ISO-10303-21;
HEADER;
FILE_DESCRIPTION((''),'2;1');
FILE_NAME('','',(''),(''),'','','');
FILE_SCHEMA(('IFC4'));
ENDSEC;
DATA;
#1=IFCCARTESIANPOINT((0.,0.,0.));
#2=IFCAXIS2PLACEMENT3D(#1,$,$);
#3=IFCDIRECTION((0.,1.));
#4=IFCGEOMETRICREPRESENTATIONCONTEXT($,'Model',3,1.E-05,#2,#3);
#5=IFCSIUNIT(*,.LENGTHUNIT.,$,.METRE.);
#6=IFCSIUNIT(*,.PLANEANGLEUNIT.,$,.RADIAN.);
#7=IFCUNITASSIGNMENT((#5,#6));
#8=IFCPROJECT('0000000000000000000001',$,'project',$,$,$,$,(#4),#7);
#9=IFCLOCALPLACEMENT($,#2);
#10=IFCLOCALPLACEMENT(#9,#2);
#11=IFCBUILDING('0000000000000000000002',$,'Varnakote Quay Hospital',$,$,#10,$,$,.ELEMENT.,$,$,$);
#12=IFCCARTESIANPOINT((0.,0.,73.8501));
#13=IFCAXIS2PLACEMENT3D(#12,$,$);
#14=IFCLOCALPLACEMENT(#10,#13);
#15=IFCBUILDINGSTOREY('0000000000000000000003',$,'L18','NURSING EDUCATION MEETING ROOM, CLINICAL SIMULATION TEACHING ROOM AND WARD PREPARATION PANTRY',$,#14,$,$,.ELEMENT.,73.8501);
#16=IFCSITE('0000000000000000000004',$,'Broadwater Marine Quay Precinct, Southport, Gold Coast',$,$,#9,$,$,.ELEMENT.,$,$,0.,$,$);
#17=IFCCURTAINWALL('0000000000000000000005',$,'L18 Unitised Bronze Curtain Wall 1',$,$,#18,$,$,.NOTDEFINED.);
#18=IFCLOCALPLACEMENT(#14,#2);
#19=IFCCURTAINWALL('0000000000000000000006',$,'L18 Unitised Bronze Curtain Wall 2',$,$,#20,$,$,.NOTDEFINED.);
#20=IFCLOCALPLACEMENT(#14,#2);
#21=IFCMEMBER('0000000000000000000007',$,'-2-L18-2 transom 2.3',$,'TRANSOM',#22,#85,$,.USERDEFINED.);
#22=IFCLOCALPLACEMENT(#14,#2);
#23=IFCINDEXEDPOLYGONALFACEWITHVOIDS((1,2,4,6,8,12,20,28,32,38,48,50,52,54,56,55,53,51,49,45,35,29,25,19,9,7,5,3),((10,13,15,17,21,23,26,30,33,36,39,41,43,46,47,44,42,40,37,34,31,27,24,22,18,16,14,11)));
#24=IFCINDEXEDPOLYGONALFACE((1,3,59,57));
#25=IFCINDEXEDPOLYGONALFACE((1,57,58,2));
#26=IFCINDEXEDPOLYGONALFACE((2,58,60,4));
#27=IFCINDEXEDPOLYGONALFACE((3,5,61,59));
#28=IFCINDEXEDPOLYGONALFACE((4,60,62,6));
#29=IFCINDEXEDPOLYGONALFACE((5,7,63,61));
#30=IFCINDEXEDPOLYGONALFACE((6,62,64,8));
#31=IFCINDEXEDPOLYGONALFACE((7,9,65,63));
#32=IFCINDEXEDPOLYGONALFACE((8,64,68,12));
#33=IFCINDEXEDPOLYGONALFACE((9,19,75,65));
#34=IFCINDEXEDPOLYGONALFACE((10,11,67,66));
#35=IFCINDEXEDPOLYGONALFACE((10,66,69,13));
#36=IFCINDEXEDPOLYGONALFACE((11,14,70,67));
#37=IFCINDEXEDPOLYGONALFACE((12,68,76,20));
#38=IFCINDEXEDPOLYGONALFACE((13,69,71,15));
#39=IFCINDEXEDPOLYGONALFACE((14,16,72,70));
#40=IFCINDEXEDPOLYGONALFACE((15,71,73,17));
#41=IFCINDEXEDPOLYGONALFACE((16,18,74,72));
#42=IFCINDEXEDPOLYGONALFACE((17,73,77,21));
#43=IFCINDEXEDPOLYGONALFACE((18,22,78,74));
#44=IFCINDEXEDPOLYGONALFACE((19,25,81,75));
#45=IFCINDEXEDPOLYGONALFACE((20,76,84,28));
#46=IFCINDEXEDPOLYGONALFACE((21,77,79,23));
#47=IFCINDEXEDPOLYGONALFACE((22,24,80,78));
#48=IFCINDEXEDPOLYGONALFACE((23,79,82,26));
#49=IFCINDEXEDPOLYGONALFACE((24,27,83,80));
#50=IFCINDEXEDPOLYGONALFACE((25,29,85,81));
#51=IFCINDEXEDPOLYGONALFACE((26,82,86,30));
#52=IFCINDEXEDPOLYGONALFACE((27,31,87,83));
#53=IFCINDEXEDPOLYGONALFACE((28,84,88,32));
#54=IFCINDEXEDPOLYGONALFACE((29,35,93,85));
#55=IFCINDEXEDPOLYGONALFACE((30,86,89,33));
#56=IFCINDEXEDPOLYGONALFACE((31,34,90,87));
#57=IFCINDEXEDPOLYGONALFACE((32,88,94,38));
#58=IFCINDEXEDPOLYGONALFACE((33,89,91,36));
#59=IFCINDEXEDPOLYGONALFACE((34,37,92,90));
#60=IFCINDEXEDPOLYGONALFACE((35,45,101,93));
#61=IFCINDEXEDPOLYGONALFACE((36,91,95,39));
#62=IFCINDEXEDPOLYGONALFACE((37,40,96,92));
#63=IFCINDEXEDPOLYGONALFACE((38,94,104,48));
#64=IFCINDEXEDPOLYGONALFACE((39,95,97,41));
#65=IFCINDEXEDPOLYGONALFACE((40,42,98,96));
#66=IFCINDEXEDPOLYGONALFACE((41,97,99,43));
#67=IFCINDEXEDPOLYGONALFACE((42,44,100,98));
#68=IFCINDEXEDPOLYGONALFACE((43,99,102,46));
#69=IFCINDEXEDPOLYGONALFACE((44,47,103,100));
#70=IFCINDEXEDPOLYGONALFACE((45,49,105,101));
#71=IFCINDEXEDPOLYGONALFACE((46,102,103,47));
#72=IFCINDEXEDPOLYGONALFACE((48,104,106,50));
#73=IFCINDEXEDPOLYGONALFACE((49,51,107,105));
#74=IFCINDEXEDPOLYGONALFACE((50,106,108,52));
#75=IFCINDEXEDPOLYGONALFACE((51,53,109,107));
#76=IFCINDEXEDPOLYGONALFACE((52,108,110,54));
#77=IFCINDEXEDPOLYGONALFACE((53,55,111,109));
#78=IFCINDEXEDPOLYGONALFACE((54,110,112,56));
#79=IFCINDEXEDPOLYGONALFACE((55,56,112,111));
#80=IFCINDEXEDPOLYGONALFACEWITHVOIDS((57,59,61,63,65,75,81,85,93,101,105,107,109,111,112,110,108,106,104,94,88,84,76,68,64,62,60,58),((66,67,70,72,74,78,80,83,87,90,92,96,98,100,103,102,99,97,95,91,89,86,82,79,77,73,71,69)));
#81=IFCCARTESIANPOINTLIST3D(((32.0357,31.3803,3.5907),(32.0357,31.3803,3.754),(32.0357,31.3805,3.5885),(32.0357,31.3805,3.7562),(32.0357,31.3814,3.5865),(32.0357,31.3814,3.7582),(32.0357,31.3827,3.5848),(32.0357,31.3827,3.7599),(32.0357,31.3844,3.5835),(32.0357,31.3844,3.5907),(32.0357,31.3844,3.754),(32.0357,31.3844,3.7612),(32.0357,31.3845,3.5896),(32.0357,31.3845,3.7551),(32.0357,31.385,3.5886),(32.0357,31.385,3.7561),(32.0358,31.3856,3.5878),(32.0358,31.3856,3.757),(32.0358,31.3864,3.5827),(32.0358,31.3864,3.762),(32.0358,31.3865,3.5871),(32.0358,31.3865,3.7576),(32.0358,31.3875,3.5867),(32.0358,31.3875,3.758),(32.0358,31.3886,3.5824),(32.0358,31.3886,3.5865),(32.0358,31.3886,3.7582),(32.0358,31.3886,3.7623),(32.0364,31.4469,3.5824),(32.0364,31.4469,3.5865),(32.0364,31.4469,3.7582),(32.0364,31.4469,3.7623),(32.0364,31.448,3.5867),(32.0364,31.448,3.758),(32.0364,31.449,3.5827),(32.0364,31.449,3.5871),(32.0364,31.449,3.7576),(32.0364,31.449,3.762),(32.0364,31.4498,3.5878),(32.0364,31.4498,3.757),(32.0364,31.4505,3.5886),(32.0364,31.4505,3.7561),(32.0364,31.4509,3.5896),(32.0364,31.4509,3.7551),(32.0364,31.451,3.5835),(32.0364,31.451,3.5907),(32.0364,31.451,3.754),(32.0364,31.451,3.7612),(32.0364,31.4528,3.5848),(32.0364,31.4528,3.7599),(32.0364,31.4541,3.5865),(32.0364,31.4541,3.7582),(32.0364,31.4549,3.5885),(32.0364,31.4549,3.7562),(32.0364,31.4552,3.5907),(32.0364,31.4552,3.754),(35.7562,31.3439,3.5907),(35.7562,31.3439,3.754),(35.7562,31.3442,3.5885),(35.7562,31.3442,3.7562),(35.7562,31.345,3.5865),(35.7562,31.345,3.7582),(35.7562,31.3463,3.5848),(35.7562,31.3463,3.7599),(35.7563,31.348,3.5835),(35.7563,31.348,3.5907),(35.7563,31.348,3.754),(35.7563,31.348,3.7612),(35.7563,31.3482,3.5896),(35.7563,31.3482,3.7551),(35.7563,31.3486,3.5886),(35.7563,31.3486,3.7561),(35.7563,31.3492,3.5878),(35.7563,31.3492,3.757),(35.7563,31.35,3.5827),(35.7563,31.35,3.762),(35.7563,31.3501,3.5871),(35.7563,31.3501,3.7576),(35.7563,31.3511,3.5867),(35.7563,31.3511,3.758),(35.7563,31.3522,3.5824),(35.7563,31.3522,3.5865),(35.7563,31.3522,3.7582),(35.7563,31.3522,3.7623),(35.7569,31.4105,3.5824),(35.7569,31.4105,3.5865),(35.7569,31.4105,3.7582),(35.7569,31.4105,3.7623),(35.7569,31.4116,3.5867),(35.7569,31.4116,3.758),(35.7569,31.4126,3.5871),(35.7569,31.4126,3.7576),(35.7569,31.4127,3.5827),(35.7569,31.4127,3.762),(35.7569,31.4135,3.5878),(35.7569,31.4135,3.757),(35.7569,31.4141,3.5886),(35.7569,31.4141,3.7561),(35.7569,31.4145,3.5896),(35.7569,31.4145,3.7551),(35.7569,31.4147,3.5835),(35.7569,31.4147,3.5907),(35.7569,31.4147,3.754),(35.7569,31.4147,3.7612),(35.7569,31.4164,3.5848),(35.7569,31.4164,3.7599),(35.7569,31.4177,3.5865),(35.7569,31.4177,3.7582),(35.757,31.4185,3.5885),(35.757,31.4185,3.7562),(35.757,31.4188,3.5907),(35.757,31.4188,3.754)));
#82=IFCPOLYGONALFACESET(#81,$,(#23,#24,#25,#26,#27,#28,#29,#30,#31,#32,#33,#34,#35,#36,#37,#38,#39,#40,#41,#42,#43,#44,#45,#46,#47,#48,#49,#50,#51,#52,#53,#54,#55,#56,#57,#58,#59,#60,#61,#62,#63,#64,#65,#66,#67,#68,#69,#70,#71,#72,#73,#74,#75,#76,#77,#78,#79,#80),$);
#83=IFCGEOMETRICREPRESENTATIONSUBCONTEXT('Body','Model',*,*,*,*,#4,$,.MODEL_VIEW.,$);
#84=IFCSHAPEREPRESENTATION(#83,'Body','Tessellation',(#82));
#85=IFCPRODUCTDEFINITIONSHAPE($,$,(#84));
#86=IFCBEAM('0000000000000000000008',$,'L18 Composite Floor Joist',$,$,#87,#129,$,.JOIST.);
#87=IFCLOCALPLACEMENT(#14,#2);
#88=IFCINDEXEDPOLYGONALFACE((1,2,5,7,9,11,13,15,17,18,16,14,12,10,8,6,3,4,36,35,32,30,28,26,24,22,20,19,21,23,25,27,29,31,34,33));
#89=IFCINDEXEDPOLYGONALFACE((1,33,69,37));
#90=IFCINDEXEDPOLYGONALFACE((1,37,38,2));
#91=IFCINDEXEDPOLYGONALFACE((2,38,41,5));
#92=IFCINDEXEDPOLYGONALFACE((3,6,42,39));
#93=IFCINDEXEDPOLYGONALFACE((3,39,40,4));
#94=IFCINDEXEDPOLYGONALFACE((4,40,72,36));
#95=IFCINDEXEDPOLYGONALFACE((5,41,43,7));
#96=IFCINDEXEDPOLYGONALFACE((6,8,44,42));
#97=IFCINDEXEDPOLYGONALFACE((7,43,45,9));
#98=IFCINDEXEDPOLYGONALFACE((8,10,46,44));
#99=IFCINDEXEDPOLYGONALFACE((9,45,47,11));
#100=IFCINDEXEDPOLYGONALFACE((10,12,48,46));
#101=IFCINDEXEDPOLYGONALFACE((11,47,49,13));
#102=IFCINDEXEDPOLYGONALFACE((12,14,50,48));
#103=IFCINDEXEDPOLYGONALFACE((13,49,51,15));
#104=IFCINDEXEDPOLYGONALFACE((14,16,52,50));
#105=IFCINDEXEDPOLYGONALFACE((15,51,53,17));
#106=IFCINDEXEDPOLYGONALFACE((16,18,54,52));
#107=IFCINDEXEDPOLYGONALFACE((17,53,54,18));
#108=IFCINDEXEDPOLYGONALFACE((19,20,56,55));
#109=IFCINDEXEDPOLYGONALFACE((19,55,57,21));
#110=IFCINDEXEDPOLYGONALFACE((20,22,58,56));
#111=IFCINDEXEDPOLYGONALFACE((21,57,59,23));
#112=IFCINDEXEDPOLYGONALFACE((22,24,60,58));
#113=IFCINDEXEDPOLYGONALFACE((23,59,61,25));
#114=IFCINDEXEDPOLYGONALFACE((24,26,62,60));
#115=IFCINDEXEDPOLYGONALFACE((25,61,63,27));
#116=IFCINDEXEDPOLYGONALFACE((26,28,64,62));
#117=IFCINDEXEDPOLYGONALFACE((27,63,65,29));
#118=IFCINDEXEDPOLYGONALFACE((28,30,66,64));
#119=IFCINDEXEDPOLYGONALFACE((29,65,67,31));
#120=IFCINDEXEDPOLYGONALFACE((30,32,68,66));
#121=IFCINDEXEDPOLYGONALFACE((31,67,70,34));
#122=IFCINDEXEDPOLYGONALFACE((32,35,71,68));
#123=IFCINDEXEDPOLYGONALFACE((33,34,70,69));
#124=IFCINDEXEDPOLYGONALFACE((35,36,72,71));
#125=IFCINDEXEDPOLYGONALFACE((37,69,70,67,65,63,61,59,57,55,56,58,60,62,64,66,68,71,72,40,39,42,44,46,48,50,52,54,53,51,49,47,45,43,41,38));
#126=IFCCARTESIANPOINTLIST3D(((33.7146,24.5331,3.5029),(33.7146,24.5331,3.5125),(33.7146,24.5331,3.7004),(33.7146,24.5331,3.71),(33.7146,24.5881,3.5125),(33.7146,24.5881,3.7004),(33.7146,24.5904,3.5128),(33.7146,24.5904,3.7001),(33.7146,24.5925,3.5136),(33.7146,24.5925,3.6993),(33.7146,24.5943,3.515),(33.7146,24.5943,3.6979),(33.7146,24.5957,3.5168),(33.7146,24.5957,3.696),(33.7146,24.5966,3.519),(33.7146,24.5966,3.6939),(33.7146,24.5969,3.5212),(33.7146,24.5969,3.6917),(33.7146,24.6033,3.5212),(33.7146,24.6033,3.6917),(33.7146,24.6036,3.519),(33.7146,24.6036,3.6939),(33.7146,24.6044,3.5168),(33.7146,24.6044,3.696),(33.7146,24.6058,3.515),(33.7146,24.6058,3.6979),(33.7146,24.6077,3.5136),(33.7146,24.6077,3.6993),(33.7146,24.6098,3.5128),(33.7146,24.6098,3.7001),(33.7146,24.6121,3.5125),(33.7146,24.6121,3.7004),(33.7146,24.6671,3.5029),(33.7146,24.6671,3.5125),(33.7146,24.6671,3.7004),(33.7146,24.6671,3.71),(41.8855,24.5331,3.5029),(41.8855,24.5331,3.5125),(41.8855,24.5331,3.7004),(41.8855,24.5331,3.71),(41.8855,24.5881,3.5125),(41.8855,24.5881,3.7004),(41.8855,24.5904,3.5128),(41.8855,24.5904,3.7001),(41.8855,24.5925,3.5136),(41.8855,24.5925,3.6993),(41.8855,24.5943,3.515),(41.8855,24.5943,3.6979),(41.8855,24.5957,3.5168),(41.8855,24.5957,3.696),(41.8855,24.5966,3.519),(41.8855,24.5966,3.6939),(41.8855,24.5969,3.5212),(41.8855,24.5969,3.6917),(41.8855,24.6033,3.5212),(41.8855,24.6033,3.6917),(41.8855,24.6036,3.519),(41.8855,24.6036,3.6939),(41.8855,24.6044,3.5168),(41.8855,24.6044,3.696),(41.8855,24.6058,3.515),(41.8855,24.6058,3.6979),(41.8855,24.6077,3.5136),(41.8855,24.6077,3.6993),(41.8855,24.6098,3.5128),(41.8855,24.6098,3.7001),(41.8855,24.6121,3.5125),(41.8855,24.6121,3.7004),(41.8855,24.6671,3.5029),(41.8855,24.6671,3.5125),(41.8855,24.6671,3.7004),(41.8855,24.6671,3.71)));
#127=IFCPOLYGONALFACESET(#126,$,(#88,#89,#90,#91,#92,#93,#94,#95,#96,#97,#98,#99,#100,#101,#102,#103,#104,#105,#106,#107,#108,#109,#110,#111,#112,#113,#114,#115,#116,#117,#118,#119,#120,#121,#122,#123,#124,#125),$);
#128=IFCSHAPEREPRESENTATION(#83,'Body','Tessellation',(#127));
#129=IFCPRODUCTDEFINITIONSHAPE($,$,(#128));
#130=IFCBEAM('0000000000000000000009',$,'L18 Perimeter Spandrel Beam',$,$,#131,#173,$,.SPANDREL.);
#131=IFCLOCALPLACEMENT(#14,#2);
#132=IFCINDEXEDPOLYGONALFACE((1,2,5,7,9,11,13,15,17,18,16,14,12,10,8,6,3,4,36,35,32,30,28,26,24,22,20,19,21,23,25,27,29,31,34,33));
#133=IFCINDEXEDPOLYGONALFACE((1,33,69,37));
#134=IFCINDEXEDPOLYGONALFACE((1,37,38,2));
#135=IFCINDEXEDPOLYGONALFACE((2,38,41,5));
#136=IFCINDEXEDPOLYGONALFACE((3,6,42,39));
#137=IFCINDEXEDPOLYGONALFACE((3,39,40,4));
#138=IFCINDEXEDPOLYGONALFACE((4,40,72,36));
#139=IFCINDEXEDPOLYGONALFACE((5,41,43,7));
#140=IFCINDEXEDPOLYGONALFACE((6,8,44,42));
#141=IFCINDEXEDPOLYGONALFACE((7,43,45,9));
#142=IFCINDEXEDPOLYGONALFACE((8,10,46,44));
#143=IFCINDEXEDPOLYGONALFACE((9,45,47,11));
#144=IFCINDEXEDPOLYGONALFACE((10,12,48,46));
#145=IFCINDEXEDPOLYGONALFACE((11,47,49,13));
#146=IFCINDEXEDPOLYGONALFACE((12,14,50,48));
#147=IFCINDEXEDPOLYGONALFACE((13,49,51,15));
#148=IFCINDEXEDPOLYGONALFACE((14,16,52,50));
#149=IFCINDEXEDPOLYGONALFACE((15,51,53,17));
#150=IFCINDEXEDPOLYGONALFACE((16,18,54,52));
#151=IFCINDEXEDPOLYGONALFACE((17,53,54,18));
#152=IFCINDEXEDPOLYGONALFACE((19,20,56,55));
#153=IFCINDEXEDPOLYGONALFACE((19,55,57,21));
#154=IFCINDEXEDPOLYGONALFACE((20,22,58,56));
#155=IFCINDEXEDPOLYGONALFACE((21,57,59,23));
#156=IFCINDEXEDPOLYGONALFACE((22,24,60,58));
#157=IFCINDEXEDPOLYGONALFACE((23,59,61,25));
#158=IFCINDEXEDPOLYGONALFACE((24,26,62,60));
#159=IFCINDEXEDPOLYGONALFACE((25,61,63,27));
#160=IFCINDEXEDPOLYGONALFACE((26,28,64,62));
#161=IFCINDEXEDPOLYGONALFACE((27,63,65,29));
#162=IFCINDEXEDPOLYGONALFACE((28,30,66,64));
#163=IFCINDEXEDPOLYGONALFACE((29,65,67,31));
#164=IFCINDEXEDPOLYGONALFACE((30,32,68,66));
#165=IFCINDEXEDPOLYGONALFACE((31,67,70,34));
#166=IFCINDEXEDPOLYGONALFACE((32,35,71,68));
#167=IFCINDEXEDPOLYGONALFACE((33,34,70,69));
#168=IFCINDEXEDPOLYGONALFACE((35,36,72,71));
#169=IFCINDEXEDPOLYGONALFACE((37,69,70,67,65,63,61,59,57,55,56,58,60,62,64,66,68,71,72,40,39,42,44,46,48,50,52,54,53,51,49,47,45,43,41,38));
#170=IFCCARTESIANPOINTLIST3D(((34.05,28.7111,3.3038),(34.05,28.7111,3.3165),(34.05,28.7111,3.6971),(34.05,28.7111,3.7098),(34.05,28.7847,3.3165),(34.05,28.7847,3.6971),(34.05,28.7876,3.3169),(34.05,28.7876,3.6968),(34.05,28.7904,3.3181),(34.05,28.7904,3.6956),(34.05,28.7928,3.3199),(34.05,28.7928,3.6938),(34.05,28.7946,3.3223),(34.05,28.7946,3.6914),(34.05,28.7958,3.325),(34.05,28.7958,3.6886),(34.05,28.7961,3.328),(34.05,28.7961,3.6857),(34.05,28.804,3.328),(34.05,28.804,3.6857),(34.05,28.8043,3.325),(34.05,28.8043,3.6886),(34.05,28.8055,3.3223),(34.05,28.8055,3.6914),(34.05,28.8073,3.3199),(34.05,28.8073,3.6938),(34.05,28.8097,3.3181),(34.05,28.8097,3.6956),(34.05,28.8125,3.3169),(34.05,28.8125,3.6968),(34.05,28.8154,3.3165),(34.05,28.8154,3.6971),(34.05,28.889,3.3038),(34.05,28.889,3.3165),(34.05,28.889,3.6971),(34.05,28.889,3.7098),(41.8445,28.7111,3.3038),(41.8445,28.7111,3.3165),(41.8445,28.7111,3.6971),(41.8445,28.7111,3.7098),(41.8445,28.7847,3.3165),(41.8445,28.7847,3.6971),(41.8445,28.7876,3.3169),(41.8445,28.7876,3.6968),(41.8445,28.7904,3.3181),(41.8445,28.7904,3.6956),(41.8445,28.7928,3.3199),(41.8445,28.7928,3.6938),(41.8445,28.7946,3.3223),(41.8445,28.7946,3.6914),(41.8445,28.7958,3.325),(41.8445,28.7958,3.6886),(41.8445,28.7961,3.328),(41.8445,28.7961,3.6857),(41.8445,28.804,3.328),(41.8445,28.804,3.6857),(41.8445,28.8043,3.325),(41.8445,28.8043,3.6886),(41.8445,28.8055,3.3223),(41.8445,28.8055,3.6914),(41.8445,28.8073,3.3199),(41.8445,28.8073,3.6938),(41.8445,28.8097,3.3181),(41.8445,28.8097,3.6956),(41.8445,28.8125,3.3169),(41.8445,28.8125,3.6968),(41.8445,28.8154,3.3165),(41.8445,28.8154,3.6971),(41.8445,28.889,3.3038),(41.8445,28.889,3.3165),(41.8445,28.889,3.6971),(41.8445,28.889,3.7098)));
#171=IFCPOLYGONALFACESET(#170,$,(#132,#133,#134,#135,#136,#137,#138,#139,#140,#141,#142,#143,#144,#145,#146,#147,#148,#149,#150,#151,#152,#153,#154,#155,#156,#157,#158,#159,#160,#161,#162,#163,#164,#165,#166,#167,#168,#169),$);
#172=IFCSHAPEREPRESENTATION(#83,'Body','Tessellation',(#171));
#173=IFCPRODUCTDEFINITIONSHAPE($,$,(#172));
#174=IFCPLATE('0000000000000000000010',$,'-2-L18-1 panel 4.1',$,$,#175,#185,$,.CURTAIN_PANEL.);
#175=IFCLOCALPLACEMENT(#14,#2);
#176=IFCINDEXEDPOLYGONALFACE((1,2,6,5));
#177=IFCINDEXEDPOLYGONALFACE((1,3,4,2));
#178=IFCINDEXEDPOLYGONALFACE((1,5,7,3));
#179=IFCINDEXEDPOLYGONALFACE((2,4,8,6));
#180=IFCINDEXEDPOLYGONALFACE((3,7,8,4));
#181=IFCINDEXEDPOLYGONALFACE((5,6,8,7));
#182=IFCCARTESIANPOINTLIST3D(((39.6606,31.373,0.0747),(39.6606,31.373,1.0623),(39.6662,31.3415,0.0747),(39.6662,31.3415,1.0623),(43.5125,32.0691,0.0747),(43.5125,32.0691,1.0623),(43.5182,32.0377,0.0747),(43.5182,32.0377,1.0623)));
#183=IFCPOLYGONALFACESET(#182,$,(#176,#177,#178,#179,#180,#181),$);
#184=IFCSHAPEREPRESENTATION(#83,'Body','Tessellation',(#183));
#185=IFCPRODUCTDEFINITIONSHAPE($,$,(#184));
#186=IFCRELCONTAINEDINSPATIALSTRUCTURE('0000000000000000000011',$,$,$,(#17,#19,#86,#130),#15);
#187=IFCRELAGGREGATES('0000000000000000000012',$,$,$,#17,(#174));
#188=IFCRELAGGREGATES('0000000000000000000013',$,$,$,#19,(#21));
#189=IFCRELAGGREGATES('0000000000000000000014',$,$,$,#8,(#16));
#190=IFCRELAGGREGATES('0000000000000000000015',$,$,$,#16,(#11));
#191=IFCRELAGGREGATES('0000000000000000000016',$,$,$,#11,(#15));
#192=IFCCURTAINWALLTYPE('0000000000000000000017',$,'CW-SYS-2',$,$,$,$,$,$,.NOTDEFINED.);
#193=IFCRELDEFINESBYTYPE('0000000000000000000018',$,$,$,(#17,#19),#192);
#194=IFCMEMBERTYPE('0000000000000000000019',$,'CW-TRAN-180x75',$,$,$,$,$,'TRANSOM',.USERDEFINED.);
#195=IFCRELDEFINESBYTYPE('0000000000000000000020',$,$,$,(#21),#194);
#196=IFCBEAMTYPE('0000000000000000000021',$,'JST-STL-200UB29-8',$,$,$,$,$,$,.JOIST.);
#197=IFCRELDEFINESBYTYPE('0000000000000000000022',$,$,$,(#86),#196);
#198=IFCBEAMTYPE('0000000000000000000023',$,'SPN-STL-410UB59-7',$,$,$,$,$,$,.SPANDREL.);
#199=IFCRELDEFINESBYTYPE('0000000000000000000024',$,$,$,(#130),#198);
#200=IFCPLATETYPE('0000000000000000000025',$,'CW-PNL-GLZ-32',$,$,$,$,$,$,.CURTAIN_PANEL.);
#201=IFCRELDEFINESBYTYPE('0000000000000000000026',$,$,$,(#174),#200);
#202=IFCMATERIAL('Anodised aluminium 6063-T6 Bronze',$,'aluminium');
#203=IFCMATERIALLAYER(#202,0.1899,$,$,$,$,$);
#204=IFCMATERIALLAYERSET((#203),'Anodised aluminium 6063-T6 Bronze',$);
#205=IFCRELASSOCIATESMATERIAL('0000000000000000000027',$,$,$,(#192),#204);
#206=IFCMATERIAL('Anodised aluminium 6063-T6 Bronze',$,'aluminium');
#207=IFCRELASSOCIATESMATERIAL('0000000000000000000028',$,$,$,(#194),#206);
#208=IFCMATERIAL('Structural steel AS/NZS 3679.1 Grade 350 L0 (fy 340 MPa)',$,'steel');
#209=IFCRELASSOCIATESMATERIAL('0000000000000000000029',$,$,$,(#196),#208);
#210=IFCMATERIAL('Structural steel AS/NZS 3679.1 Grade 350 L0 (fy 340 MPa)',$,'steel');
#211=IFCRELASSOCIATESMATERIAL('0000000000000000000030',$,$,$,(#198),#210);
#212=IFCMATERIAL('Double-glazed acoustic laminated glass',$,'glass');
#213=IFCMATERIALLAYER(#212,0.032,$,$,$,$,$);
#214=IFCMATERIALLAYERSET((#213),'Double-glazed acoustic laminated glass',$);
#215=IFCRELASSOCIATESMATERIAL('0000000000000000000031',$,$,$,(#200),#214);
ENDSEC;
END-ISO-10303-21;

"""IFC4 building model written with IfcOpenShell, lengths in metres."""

from ifc_helpers import new_model, si_unit, direction, frame, origin, origin_2d, place, context, subcontext, project, spatial, rectangle, hollow_rectangle, i_section, extrude, material, layer, layer_set, material_profile, profile_set, type_object, element, aggregate, save


model = new_model("IFC4")

# Units and contexts
model_context = context("Model", 3, precision=1e-05, world=origin(), true_north=direction((0.0, 1.0)))
body_context = subcontext(model_context, "Body", "Model", "MODEL_VIEW")
ifc_project = project(units=[si_unit("LENGTHUNIT", "METRE"), si_unit("PLANEANGLEUNIT", "RADIAN")], contexts=[model_context])

# Site, building, storey
site_placement = place(None, origin())
site = spatial("IfcSite", under=ifc_project, at=site_placement, Name="Broadwater Marine Quay Precinct, Southport, Gold Coast", CompositionType="ELEMENT", RefElevation=0.0)
building_placement = place(site_placement, origin())
building = spatial("IfcBuilding", under=site, at=building_placement, Name="Varnakote Quay Hospital", CompositionType="ELEMENT")
storey_placement = place(building_placement, frame((0.0, 0.0, 73.8501)))
storey = spatial("IfcBuildingStorey", under=building, at=storey_placement, Name="L18", Description="NURSING EDUCATION MEETING ROOM, CLINICAL SIMULATION TEACHING ROOM AND WARD PREPARATION PANTRY", CompositionType="ELEMENT", Elevation=73.8501)

# Curtain wall
ifc_material_1 = material(Name="Anodised aluminium 6063-T6 Bronze", Category="aluminium")
ifc_layer_1 = layer(ifc_material_1, 0.1899)
ifc_layer_set_1 = layer_set([ifc_layer_1], Name="Anodised aluminium 6063-T6 Bronze")
curtain_wall_type = type_object("IfcCurtainWallType", Name="CW-SYS-2", PredefinedType="NOTDEFINED", material=ifc_layer_set_1)
curtain_wall_1_placement = place(storey_placement, origin())
curtain_wall_1 = element("IfcCurtainWall", 1, at=curtain_wall_1_placement, inside=storey, type_object=curtain_wall_type, Name="L18 Unitised Bronze Curtain Wall 1", PredefinedType="NOTDEFINED")

# Curtain wall, member
curtain_wall_2_placement = place(storey_placement, origin())
curtain_wall_2 = element("IfcCurtainWall", 2, at=curtain_wall_2_placement, inside=storey, type_object=curtain_wall_type, Name="L18 Unitised Bronze Curtain Wall 2", PredefinedType="NOTDEFINED")
ifc_material_2 = material(Name="Anodised aluminium 6063-T6 Bronze", Category="aluminium")
ifc_material_profile_1 = material_profile(ifc_material_2, hollow_rectangle(XDim=0.075, YDim=0.1799, WallThickness=0.0042, InnerFilletRadius=0.0042, OuterFilletRadius=0.0083, at=origin_2d()), Name="CW-TRAN-180x75")
ifc_profile_set_1 = profile_set([ifc_material_profile_1], Name="Anodised aluminium 6063-T6 Bronze")
member_type_1 = type_object("IfcMemberType", Name="CW-TRAN-180x75", ElementType="TRANSOM", PredefinedType="USERDEFINED", material=ifc_profile_set_1)
member_1_placement = place(storey_placement, frame((35.7566, 31.3813, 3.6724), z_axis=(-0.999952, 0.009777, 0.0), x_axis=(-0.009777, -0.999952, 0.0)))
member_1 = element("IfcMember", 3, at=member_1_placement, type_object=member_type_1, Name="-2-L18-2 transom 2.3", ObjectType="TRANSOM", PredefinedType="USERDEFINED", context=body_context, shape_type="SweptSolid", body=[
    extrude(hollow_rectangle(XDim=0.075, YDim=0.1799, WallThickness=0.0042, InnerFilletRadius=0.0042, OuterFilletRadius=0.0083, at=origin_2d()), origin(), (0.0, 0.0, 1.0), 3.7207),
])

# Beams
ifc_material_3 = material(Name="Structural steel AS/NZS 3679.1 Grade 350 L0 (fy 340 MPa)", Category="steel")
ifc_material_profile_2 = material_profile(ifc_material_3, i_section(OverallWidth=0.134, OverallDepth=0.207, WebThickness=0.0063, FlangeThickness=0.0095, FilletRadius=0.0088, at=origin_2d()), Name="200UB29.8")
ifc_profile_set_2 = profile_set([ifc_material_profile_2], Name="Structural steel AS/NZS 3679.1 Grade 350 L0 (fy 340 MPa)")
beam_type_1 = type_object("IfcBeamType", Name="JST-STL-200UB29-8", PredefinedType="JOIST", material=ifc_profile_set_2)
beam_1_placement = place(storey_placement, frame((33.7146, 24.6001, 3.6064), z_axis=(1.0, 0.0, 0.0), x_axis=(0.0, 1.0, 0.0)))
element("IfcBeam", 4, at=beam_1_placement, inside=storey, type_object=beam_type_1, Name="L18 Composite Floor Joist", PredefinedType="JOIST", context=body_context, shape_type="SweptSolid", body=[
    extrude(i_section(OverallWidth=0.134, OverallDepth=0.207, WebThickness=0.0063, FlangeThickness=0.0095, FilletRadius=0.0088, at=origin_2d()), origin(), (0.0, 0.0, 1.0), 8.1709),
])
ifc_material_4 = material(Name="Structural steel AS/NZS 3679.1 Grade 350 L0 (fy 340 MPa)", Category="steel")
ifc_material_profile_3 = material_profile(ifc_material_4, i_section(OverallWidth=0.178, OverallDepth=0.406, WebThickness=0.0078, FlangeThickness=0.0127, FilletRadius=0.0115, at=origin_2d()), Name="410UB59.7")
ifc_profile_set_3 = profile_set([ifc_material_profile_3], Name="Structural steel AS/NZS 3679.1 Grade 350 L0 (fy 340 MPa)")
beam_type_2 = type_object("IfcBeamType", Name="SPN-STL-410UB59-7", PredefinedType="SPANDREL", material=ifc_profile_set_3)
beam_2_placement = place(storey_placement, frame((34.05, 28.8, 3.5068), z_axis=(1.0, 0.0, 0.0), x_axis=(0.0, 1.0, 0.0)))
element("IfcBeam", 5, at=beam_2_placement, inside=storey, type_object=beam_type_2, Name="L18 Perimeter Spandrel Beam", PredefinedType="SPANDREL", context=body_context, shape_type="SweptSolid", body=[
    extrude(i_section(OverallWidth=0.178, OverallDepth=0.406, WebThickness=0.0078, FlangeThickness=0.0127, FilletRadius=0.0115, at=origin_2d()), origin(), (0.0, 0.0, 1.0), 7.7944),
])

# Plate
ifc_material_5 = material(Name="Double-glazed acoustic laminated glass", Category="glass")
ifc_layer_2 = layer(ifc_material_5, 0.032)
ifc_layer_set_2 = layer_set([ifc_layer_2], Name="Double-glazed acoustic laminated glass")
plate_type = type_object("IfcPlateType", Name="CW-PNL-GLZ-32", PredefinedType="CURTAIN_PANEL", material=ifc_layer_set_2)
plate_1_placement = place(storey_placement, frame((41.5894, 31.7053, 0.0747), z_axis=(0.0, 0.0, 1.0), x_axis=(-0.984058, -0.177846, 0.0)))
plate_1 = element("IfcPlate", 6, at=plate_1_placement, type_object=plate_type, Name="-2-L18-1 panel 4.1", PredefinedType="CURTAIN_PANEL", context=body_context, shape_type="SweptSolid", body=[
    extrude(rectangle(XDim=3.9143, YDim=0.032, at=origin_2d()), origin(), (0.0, 0.0, 1.0), 0.9875),
])
aggregate(curtain_wall_1, [plate_1])
aggregate(curtain_wall_2, [member_1])

save(model, "model.ifc")
